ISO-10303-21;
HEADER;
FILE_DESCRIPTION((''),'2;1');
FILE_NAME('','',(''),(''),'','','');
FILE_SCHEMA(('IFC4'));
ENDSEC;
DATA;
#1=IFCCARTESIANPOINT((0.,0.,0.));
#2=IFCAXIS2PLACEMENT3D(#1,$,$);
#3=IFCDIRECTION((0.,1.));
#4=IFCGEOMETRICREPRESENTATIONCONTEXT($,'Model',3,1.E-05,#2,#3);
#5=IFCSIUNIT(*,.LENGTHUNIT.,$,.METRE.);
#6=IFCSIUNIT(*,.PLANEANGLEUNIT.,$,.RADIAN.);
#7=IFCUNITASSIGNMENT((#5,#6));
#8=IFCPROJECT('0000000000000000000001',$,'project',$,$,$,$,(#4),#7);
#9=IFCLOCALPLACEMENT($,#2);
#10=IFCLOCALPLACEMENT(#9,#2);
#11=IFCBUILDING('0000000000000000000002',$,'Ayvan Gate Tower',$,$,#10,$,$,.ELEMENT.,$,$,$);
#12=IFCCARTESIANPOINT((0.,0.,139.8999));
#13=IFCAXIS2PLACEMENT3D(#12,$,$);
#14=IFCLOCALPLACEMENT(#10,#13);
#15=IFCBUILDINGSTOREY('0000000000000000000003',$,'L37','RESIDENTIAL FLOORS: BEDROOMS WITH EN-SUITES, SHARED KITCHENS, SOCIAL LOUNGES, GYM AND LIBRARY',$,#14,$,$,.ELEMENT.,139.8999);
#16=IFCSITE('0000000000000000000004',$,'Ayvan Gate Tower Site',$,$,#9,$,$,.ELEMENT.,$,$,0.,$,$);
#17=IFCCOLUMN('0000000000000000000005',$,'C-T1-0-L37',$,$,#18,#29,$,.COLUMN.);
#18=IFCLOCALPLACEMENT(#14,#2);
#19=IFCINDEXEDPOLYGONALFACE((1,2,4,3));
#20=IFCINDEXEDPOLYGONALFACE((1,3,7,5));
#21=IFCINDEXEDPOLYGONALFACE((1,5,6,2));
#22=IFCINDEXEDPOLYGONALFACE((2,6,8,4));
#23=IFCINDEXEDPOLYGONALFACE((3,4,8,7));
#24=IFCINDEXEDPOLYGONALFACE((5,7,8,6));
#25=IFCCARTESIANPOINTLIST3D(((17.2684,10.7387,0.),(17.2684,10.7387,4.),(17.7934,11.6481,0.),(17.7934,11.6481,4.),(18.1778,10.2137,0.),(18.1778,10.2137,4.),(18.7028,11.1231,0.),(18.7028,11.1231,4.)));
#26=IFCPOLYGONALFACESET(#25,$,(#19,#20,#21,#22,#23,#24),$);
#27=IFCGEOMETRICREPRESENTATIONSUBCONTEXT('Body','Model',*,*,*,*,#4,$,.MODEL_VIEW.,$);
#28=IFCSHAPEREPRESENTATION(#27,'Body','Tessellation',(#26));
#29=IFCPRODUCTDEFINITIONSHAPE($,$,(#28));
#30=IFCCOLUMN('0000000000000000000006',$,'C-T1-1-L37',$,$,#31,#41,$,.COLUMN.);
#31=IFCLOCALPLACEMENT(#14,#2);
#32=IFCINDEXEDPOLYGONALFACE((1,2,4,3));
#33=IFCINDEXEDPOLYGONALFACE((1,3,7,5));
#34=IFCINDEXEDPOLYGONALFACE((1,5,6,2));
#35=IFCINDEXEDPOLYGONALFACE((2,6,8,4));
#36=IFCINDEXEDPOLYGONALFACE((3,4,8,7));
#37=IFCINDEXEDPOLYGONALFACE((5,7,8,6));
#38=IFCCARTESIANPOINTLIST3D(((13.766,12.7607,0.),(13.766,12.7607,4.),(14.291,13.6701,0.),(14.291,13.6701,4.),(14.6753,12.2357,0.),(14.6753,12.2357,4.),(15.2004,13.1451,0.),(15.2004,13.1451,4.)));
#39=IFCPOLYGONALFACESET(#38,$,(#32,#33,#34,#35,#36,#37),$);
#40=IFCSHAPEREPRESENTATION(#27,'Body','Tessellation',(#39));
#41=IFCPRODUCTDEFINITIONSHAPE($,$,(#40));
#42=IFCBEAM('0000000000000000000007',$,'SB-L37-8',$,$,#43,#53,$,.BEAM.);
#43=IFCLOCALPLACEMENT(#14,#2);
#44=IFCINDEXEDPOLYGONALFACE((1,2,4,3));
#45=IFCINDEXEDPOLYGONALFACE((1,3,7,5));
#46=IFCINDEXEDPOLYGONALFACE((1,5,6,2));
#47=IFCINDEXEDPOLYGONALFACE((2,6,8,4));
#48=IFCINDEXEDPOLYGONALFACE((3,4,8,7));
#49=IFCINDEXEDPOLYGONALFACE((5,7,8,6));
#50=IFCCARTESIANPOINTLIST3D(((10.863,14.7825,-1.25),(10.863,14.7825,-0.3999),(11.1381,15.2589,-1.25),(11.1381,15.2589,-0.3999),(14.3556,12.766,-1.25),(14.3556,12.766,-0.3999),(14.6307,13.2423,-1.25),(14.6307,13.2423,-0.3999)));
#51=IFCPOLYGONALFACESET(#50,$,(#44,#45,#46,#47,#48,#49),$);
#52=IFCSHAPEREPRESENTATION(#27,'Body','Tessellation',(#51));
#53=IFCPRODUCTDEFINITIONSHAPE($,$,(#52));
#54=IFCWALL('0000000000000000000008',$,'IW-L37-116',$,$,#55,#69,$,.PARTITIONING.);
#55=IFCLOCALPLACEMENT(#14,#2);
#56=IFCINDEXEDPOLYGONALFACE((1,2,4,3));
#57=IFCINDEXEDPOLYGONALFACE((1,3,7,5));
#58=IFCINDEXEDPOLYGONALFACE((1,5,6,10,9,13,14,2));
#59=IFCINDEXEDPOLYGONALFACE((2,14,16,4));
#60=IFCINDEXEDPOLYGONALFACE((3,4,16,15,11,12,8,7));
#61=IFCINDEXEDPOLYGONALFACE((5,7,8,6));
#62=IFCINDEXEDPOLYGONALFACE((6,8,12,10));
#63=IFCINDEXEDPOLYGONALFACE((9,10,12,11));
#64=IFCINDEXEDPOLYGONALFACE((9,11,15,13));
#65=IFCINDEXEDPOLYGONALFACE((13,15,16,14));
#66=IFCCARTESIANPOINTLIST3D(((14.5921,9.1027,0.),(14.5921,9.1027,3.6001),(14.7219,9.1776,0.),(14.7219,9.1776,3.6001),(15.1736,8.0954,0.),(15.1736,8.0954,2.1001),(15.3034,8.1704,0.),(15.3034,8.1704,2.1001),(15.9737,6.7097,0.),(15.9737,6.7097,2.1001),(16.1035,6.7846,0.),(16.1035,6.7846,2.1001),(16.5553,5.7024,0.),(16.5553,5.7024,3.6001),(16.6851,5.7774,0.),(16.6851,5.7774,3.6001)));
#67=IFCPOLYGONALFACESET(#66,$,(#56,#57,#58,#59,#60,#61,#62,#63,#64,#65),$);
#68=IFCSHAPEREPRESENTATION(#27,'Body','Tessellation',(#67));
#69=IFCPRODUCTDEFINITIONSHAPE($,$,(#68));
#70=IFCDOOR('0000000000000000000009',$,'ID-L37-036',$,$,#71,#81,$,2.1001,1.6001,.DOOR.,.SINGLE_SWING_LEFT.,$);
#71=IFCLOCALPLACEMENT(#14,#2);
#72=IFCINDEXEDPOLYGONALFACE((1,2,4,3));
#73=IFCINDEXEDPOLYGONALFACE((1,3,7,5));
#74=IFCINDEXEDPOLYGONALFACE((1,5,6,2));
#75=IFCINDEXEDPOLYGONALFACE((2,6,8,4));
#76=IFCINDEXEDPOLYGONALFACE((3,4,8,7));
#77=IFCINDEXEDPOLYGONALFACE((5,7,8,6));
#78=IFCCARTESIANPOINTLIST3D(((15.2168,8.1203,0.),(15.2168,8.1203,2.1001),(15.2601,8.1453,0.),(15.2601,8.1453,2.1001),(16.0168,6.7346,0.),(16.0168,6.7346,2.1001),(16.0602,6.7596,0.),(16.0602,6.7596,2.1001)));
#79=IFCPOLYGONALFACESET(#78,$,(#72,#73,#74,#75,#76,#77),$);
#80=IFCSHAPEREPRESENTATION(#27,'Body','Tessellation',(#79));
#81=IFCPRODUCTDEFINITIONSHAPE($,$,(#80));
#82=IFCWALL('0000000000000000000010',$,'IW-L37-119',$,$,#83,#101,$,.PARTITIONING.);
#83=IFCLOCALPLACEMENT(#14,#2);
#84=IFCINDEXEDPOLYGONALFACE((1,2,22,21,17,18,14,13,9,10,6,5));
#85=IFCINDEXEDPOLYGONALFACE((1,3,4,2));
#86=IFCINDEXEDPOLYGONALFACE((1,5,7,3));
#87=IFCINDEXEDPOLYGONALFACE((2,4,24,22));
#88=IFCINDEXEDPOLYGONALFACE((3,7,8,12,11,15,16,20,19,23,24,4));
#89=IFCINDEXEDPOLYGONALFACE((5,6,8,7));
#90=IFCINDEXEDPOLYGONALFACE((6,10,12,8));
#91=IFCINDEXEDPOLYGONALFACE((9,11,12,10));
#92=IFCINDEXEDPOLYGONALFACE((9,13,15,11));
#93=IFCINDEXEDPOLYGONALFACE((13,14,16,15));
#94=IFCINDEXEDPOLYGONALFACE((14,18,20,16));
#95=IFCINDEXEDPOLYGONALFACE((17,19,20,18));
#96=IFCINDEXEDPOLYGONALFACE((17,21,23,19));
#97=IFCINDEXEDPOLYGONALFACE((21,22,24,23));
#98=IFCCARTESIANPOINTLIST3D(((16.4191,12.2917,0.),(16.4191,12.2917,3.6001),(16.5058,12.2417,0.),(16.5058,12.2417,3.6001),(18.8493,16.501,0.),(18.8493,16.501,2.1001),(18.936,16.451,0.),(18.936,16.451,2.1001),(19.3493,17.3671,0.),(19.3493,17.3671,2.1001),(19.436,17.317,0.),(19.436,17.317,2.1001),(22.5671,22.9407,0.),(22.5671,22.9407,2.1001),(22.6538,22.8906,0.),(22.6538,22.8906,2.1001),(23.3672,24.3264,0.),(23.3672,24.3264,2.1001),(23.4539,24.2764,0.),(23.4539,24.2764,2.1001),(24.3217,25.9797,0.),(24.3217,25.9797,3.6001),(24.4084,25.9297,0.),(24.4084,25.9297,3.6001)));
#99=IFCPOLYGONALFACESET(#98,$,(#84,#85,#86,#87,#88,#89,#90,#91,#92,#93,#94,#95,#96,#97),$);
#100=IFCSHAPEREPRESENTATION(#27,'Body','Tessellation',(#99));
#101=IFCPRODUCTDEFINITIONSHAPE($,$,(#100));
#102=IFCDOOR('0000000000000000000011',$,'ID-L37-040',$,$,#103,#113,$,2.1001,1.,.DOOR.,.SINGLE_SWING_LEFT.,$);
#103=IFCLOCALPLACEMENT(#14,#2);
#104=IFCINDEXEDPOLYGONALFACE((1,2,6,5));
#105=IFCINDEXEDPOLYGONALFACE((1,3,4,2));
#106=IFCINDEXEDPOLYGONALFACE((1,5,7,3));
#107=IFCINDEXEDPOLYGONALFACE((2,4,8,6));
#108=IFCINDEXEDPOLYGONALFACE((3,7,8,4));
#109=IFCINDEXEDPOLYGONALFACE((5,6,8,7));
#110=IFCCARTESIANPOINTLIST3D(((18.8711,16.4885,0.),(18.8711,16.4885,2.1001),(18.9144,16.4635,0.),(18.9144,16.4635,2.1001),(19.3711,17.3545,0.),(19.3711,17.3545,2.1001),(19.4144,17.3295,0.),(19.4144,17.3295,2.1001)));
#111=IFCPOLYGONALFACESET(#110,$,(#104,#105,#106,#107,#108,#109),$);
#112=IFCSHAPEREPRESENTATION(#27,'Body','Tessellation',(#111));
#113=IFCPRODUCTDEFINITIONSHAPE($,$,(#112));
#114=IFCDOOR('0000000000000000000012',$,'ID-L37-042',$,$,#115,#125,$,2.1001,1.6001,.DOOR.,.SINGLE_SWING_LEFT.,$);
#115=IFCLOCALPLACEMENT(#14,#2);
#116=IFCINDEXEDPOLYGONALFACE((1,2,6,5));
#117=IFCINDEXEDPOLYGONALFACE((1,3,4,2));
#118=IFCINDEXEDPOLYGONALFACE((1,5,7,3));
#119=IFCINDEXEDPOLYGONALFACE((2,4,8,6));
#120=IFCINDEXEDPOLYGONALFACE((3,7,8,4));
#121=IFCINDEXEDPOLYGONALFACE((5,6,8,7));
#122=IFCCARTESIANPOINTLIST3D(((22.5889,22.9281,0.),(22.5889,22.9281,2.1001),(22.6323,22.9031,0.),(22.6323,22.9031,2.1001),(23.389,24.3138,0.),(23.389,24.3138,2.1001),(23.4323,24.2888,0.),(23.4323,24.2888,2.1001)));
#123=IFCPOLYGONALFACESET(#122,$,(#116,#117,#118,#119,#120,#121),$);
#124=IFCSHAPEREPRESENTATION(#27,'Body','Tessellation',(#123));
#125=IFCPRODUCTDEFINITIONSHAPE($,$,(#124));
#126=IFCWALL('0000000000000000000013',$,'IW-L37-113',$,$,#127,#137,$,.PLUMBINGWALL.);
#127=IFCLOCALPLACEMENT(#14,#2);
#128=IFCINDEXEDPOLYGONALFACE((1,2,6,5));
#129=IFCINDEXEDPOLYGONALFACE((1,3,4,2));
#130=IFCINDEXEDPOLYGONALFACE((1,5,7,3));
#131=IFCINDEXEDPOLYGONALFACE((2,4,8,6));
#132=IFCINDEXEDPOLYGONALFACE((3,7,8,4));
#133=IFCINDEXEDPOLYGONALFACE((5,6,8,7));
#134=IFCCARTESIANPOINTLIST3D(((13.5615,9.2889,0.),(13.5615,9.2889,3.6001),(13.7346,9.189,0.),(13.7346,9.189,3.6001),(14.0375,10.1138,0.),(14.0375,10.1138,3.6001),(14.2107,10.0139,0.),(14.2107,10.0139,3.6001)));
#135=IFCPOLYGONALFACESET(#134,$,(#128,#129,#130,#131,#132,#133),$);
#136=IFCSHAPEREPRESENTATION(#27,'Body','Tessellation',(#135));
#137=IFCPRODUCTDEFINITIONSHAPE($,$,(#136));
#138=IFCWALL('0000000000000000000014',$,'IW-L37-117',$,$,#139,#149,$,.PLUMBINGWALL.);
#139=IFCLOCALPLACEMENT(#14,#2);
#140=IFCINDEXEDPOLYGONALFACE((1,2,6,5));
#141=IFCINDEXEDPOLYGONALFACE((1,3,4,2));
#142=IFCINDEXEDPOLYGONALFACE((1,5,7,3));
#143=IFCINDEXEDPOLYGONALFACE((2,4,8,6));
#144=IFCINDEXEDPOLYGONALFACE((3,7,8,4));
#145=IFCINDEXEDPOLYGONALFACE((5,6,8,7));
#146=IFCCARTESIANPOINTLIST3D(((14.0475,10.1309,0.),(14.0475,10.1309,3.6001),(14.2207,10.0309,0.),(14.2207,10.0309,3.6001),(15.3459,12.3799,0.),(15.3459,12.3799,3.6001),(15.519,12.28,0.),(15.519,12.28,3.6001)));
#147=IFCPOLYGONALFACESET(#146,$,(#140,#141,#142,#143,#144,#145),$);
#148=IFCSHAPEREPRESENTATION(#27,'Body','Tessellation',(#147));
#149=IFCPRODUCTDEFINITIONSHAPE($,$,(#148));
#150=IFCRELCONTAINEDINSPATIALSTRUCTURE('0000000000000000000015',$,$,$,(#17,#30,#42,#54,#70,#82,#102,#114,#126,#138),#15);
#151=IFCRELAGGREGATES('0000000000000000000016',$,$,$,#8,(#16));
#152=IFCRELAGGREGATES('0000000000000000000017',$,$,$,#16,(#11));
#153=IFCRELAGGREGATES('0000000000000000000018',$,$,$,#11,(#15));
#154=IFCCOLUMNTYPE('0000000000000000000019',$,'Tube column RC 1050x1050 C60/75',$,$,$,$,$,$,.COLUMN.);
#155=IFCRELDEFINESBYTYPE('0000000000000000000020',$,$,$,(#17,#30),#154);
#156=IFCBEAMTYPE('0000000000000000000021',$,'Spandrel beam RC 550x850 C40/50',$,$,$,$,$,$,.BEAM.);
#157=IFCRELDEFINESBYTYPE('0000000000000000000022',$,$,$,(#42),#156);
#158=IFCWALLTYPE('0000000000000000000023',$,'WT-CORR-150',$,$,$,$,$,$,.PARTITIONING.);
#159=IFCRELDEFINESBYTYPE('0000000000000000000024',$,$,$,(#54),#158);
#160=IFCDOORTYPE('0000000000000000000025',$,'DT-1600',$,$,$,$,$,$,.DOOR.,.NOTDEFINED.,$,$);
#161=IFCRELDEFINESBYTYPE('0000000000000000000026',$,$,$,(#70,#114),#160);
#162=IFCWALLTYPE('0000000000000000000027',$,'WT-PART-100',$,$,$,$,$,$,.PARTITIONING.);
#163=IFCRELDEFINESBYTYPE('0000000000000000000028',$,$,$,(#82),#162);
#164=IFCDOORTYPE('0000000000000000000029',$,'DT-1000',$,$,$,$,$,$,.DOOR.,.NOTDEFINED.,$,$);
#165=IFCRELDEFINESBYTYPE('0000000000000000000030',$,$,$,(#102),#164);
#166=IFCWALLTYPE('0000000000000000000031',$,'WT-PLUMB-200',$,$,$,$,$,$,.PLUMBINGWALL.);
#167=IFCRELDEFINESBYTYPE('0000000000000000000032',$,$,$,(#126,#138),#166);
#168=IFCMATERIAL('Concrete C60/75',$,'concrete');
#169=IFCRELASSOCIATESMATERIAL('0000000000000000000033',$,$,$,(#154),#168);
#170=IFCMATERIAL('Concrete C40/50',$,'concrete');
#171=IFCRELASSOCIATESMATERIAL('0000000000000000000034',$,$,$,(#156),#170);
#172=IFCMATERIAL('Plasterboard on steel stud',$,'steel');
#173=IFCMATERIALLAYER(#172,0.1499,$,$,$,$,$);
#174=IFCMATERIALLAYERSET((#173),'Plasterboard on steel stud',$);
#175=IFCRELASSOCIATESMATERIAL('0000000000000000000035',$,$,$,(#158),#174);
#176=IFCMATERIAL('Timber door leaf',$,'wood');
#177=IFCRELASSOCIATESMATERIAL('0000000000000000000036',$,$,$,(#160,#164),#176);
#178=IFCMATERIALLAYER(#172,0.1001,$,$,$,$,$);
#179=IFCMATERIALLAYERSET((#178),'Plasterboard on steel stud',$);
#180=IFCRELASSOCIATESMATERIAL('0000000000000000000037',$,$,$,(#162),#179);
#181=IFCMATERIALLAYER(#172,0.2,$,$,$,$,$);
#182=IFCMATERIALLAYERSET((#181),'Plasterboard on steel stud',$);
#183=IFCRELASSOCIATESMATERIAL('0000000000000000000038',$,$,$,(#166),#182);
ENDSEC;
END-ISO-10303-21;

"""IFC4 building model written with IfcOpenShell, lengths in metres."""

from ifc_helpers import new_model, si_unit, direction, frame, frame_2d, origin, origin_2d, place, context, subcontext, project, spatial, rectangle, extrude, material, layer, layer_set, material_profile, profile_set, type_object, element, fill, save


model = new_model("IFC4")

# Units and contexts
model_context = context("Model", 3, precision=1e-05, world=origin(), true_north=direction((0.0, 1.0)))
body_context = subcontext(model_context, "Body", "Model", "MODEL_VIEW")
ifc_project = project(units=[si_unit("LENGTHUNIT", "METRE"), si_unit("PLANEANGLEUNIT", "RADIAN")], contexts=[model_context])

# Site, building, storey
site_placement = place(None, origin())
site = spatial("IfcSite", under=ifc_project, at=site_placement, Name="Ayvan Gate Tower Site", CompositionType="ELEMENT", RefElevation=0.0)
building_placement = place(site_placement, origin())
building = spatial("IfcBuilding", under=site, at=building_placement, Name="Ayvan Gate Tower", CompositionType="ELEMENT")
storey_placement = place(building_placement, frame((0.0, 0.0, 139.8999)))
storey = spatial("IfcBuildingStorey", under=building, at=storey_placement, Name="L37", Description="RESIDENTIAL FLOORS: BEDROOMS WITH EN-SUITES, SHARED KITCHENS, SOCIAL LOUNGES, GYM AND LIBRARY", CompositionType="ELEMENT", Elevation=139.8999)

# Columns
ifc_material_1 = material(Name="Concrete C60/75", Category="concrete")
ifc_material_profile_1 = material_profile(ifc_material_1, rectangle(XDim=1.05, YDim=1.05, at=origin_2d()), Name="RC 1050x1050")
ifc_profile_set_1 = profile_set([ifc_material_profile_1], Name="Concrete C60/75")
column_type = type_object("IfcColumnType", Name="Tube column RC 1050x1050 C60/75", PredefinedType="COLUMN", material=ifc_profile_set_1)
for number, where, z_axis, x_axis, name in (
    (1, (17.9856, 10.9309, 0.0), (0.0, 0.0, 1.0), (0.5, 0.866025, 0.0), "C-T1-0-L37"),
    (2, (14.4832, 12.9529, 0.0), (0.0, 0.0, 1.0), (0.5, 0.866025, 0.0), "C-T1-1-L37"),
):
    element("IfcColumn", number, at=place(storey_placement, frame(where, z_axis=z_axis, x_axis=x_axis)), inside=storey, type_object=column_type, Name=name, PredefinedType="COLUMN", context=body_context, shape_type="SweptSolid", body=[
        extrude(rectangle(XDim=1.05, YDim=1.05, at=origin_2d()), origin(), (0.0, 0.0, 1.0), 4.0),
    ])

# Beam
ifc_material_2 = material(Name="Concrete C40/50", Category="concrete")
ifc_material_profile_2 = material_profile(ifc_material_2, rectangle(XDim=0.55, YDim=0.8501, at=origin_2d()), Name="RC 550x850")
ifc_profile_set_2 = profile_set([ifc_material_profile_2], Name="Concrete C40/50")
beam_type = type_object("IfcBeamType", Name="Spandrel beam RC 550x850 C40/50", PredefinedType="BEAM", material=ifc_profile_set_2)
beam_placement = place(storey_placement, frame((14.4932, 13.0042, -0.825), z_axis=(-0.866014, 0.500019, 0.0), x_axis=(-0.500019, -0.866014, 0.0)))
element("IfcBeam", 3, at=beam_placement, inside=storey, type_object=beam_type, Name="SB-L37-8", PredefinedType="BEAM", context=body_context, shape_type="SweptSolid", body=[
    extrude(rectangle(XDim=0.55, YDim=0.8501, at=origin_2d()), origin(), (0.0, 0.0, 1.0), 4.033),
])

# Wall, opening, door
ifc_material_3 = material(Name="Plasterboard on steel stud", Category="steel")
ifc_layer_1 = layer(ifc_material_3, 0.1499)
ifc_layer_set_1 = layer_set([ifc_layer_1], Name="Plasterboard on steel stud")
wall_type_1 = type_object("IfcWallType", Name="WT-CORR-150", PredefinedType="PARTITIONING", material=ifc_layer_set_1)
wall_1_placement = place(storey_placement, frame((14.657, 9.1401, 0.0), z_axis=(0.0, 0.0, 1.0), x_axis=(0.500011, -0.866019, 0.0)))
wall_1 = element("IfcWall", 4, at=wall_1_placement, inside=storey, type_object=wall_type_1, Name="IW-L37-116", PredefinedType="PARTITIONING", context=body_context, shape_type="SweptSolid", body=[
    extrude(rectangle(XDim=3.9263, YDim=0.1499, at=frame_2d((1.9631, 0.0))), origin(), (0.0, 0.0, 1.0), 3.6001),
])
opening_1_placement = place(wall_1_placement, frame((1.1631, 0.0, 0.0)))
opening_1 = element("IfcOpeningElement", 5, at=opening_1_placement, cuts=wall_1, PredefinedType="OPENING", context=body_context, shape_type="SweptSolid", body=[
    extrude(rectangle(XDim=1.6001, YDim=2.1001, at=frame_2d((0.8, 1.05))), frame((0.0, 0.085, 0.0), z_axis=(0.0, -1.0, 0.0), x_axis=(1.0, 0.0, 0.0)), (0.0, 0.0, 1.0), 0.1699),
])
ifc_material_4 = material(Name="Timber door leaf", Category="wood")
door_type_1 = type_object("IfcDoorType", Name="DT-1600", OperationType="NOTDEFINED", PredefinedType="DOOR", material=ifc_material_4)
door_1_placement = place(opening_1_placement, origin())
door_1 = element("IfcDoor", 6, at=door_1_placement, inside=storey, type_object=door_type_1, Name="ID-L37-036", OperationType="SINGLE_SWING_LEFT", OverallHeight=2.1001, OverallWidth=1.6001, PredefinedType="DOOR", context=body_context, shape_type="SweptSolid", body=[
    extrude(rectangle(XDim=1.6001, YDim=2.1001, at=frame_2d((0.8, 1.05))), frame((0.0, 0.0249, 0.0), z_axis=(0.0, -1.0, 0.0), x_axis=(1.0, 0.0, 0.0)), (0.0, 0.0, 1.0), 0.05),
])
fill(opening_1, door_1)

# Wall, openings, doors
ifc_layer_2 = layer(ifc_material_3, 0.1001)
ifc_layer_set_2 = layer_set([ifc_layer_2], Name="Plasterboard on steel stud")
wall_type_2 = type_object("IfcWallType", Name="WT-PART-100", PredefinedType="PARTITIONING", material=ifc_layer_set_2)
wall_2_placement = place(storey_placement, frame((16.4624, 12.2666, 0.0), z_axis=(0.0, 0.0, 1.0), x_axis=(0.499992, 0.86603, 0.0)))
wall_2 = element("IfcWall", 7, at=wall_2_placement, inside=storey, type_object=wall_type_2, Name="IW-L37-119", PredefinedType="PARTITIONING", context=body_context, shape_type="SweptSolid", body=[
    extrude(rectangle(XDim=15.8054, YDim=0.1001, at=frame_2d((7.9028, 0.0))), origin(), (0.0, 0.0, 1.0), 3.6001),
])
opening_2_placement = place(wall_2_placement, frame((4.8606, 0.0, 0.0)))
opening_2 = element("IfcOpeningElement", 8, at=opening_2_placement, cuts=wall_2, PredefinedType="OPENING", context=body_context, shape_type="SweptSolid", body=[
    extrude(rectangle(XDim=1.0, YDim=2.1001, at=frame_2d((0.5, 1.05))), frame((0.0, 0.0601, 0.0), z_axis=(0.0, -1.0, 0.0), x_axis=(1.0, 0.0, 0.0)), (0.0, 0.0, 1.0), 0.1201),
])
opening_3_placement = place(wall_2_placement, frame((12.2964, 0.0, 0.0)))
opening_3 = element("IfcOpeningElement", 9, at=opening_3_placement, cuts=wall_2, PredefinedType="OPENING", context=body_context, shape_type="SweptSolid", body=[
    extrude(rectangle(XDim=1.6001, YDim=2.1001, at=frame_2d((0.8, 1.05))), frame((0.0, 0.0601, 0.0), z_axis=(0.0, -1.0, 0.0), x_axis=(1.0, 0.0, 0.0)), (0.0, 0.0, 1.0), 0.1201),
])
door_type_2 = type_object("IfcDoorType", Name="DT-1000", OperationType="NOTDEFINED", PredefinedType="DOOR", material=ifc_material_4)
door_2_placement = place(opening_2_placement, origin())
door_2 = element("IfcDoor", 10, at=door_2_placement, inside=storey, type_object=door_type_2, Name="ID-L37-040", OperationType="SINGLE_SWING_LEFT", OverallHeight=2.1001, OverallWidth=1.0, PredefinedType="DOOR", context=body_context, shape_type="SweptSolid", body=[
    extrude(rectangle(XDim=1.0, YDim=2.1001, at=frame_2d((0.5, 1.05))), frame((0.0, 0.0249, 0.0), z_axis=(0.0, -1.0, 0.0), x_axis=(1.0, 0.0, 0.0)), (0.0, 0.0, 1.0), 0.05),
])
fill(opening_2, door_2)
door_3_placement = place(opening_3_placement, origin())
door_3 = element("IfcDoor", 11, at=door_3_placement, inside=storey, type_object=door_type_1, Name="ID-L37-042", OperationType="SINGLE_SWING_LEFT", OverallHeight=2.1001, OverallWidth=1.6001, PredefinedType="DOOR", context=body_context, shape_type="SweptSolid", body=[
    extrude(rectangle(XDim=1.6001, YDim=2.1001, at=frame_2d((0.8, 1.05))), frame((0.0, 0.0249, 0.0), z_axis=(0.0, -1.0, 0.0), x_axis=(1.0, 0.0, 0.0)), (0.0, 0.0, 1.0), 0.05),
])
fill(opening_3, door_3)

# Walls
ifc_layer_3 = layer(ifc_material_3, 0.2)
ifc_layer_set_3 = layer_set([ifc_layer_3], Name="Plasterboard on steel stud")
wall_type_3 = type_object("IfcWallType", Name="WT-PLUMB-200", PredefinedType="PLUMBINGWALL", material=ifc_layer_set_3)
wall_3_placement = place(storey_placement, frame((14.124, 10.0637, 0.0), z_axis=(0.0, 0.0, 1.0), x_axis=(-0.499833, -0.866122, 0.0)))
element("IfcWall", 12, at=wall_3_placement, inside=storey, type_object=wall_type_3, Name="IW-L37-113", PredefinedType="PLUMBINGWALL", context=body_context, shape_type="SweptSolid", body=[
    extrude(rectangle(XDim=0.9524, YDim=0.2, at=frame_2d((0.4761, 0.0))), origin(), (0.0, 0.0, 1.0), 3.6001),
])
wall_4_placement = place(storey_placement, frame((15.4324, 12.3298, 0.0), z_axis=(0.0, 0.0, 1.0), x_axis=(-0.499961, -0.866048, 0.0)))
element("IfcWall", 13, at=wall_4_placement, inside=storey, type_object=wall_type_3, Name="IW-L37-117", PredefinedType="PLUMBINGWALL", context=body_context, shape_type="SweptSolid", body=[
    extrude(rectangle(XDim=2.5969, YDim=0.2, at=frame_2d((1.2983, 0.0))), origin(), (0.0, 0.0, 1.0), 3.6001),
])

save(model, "model.ifc")
